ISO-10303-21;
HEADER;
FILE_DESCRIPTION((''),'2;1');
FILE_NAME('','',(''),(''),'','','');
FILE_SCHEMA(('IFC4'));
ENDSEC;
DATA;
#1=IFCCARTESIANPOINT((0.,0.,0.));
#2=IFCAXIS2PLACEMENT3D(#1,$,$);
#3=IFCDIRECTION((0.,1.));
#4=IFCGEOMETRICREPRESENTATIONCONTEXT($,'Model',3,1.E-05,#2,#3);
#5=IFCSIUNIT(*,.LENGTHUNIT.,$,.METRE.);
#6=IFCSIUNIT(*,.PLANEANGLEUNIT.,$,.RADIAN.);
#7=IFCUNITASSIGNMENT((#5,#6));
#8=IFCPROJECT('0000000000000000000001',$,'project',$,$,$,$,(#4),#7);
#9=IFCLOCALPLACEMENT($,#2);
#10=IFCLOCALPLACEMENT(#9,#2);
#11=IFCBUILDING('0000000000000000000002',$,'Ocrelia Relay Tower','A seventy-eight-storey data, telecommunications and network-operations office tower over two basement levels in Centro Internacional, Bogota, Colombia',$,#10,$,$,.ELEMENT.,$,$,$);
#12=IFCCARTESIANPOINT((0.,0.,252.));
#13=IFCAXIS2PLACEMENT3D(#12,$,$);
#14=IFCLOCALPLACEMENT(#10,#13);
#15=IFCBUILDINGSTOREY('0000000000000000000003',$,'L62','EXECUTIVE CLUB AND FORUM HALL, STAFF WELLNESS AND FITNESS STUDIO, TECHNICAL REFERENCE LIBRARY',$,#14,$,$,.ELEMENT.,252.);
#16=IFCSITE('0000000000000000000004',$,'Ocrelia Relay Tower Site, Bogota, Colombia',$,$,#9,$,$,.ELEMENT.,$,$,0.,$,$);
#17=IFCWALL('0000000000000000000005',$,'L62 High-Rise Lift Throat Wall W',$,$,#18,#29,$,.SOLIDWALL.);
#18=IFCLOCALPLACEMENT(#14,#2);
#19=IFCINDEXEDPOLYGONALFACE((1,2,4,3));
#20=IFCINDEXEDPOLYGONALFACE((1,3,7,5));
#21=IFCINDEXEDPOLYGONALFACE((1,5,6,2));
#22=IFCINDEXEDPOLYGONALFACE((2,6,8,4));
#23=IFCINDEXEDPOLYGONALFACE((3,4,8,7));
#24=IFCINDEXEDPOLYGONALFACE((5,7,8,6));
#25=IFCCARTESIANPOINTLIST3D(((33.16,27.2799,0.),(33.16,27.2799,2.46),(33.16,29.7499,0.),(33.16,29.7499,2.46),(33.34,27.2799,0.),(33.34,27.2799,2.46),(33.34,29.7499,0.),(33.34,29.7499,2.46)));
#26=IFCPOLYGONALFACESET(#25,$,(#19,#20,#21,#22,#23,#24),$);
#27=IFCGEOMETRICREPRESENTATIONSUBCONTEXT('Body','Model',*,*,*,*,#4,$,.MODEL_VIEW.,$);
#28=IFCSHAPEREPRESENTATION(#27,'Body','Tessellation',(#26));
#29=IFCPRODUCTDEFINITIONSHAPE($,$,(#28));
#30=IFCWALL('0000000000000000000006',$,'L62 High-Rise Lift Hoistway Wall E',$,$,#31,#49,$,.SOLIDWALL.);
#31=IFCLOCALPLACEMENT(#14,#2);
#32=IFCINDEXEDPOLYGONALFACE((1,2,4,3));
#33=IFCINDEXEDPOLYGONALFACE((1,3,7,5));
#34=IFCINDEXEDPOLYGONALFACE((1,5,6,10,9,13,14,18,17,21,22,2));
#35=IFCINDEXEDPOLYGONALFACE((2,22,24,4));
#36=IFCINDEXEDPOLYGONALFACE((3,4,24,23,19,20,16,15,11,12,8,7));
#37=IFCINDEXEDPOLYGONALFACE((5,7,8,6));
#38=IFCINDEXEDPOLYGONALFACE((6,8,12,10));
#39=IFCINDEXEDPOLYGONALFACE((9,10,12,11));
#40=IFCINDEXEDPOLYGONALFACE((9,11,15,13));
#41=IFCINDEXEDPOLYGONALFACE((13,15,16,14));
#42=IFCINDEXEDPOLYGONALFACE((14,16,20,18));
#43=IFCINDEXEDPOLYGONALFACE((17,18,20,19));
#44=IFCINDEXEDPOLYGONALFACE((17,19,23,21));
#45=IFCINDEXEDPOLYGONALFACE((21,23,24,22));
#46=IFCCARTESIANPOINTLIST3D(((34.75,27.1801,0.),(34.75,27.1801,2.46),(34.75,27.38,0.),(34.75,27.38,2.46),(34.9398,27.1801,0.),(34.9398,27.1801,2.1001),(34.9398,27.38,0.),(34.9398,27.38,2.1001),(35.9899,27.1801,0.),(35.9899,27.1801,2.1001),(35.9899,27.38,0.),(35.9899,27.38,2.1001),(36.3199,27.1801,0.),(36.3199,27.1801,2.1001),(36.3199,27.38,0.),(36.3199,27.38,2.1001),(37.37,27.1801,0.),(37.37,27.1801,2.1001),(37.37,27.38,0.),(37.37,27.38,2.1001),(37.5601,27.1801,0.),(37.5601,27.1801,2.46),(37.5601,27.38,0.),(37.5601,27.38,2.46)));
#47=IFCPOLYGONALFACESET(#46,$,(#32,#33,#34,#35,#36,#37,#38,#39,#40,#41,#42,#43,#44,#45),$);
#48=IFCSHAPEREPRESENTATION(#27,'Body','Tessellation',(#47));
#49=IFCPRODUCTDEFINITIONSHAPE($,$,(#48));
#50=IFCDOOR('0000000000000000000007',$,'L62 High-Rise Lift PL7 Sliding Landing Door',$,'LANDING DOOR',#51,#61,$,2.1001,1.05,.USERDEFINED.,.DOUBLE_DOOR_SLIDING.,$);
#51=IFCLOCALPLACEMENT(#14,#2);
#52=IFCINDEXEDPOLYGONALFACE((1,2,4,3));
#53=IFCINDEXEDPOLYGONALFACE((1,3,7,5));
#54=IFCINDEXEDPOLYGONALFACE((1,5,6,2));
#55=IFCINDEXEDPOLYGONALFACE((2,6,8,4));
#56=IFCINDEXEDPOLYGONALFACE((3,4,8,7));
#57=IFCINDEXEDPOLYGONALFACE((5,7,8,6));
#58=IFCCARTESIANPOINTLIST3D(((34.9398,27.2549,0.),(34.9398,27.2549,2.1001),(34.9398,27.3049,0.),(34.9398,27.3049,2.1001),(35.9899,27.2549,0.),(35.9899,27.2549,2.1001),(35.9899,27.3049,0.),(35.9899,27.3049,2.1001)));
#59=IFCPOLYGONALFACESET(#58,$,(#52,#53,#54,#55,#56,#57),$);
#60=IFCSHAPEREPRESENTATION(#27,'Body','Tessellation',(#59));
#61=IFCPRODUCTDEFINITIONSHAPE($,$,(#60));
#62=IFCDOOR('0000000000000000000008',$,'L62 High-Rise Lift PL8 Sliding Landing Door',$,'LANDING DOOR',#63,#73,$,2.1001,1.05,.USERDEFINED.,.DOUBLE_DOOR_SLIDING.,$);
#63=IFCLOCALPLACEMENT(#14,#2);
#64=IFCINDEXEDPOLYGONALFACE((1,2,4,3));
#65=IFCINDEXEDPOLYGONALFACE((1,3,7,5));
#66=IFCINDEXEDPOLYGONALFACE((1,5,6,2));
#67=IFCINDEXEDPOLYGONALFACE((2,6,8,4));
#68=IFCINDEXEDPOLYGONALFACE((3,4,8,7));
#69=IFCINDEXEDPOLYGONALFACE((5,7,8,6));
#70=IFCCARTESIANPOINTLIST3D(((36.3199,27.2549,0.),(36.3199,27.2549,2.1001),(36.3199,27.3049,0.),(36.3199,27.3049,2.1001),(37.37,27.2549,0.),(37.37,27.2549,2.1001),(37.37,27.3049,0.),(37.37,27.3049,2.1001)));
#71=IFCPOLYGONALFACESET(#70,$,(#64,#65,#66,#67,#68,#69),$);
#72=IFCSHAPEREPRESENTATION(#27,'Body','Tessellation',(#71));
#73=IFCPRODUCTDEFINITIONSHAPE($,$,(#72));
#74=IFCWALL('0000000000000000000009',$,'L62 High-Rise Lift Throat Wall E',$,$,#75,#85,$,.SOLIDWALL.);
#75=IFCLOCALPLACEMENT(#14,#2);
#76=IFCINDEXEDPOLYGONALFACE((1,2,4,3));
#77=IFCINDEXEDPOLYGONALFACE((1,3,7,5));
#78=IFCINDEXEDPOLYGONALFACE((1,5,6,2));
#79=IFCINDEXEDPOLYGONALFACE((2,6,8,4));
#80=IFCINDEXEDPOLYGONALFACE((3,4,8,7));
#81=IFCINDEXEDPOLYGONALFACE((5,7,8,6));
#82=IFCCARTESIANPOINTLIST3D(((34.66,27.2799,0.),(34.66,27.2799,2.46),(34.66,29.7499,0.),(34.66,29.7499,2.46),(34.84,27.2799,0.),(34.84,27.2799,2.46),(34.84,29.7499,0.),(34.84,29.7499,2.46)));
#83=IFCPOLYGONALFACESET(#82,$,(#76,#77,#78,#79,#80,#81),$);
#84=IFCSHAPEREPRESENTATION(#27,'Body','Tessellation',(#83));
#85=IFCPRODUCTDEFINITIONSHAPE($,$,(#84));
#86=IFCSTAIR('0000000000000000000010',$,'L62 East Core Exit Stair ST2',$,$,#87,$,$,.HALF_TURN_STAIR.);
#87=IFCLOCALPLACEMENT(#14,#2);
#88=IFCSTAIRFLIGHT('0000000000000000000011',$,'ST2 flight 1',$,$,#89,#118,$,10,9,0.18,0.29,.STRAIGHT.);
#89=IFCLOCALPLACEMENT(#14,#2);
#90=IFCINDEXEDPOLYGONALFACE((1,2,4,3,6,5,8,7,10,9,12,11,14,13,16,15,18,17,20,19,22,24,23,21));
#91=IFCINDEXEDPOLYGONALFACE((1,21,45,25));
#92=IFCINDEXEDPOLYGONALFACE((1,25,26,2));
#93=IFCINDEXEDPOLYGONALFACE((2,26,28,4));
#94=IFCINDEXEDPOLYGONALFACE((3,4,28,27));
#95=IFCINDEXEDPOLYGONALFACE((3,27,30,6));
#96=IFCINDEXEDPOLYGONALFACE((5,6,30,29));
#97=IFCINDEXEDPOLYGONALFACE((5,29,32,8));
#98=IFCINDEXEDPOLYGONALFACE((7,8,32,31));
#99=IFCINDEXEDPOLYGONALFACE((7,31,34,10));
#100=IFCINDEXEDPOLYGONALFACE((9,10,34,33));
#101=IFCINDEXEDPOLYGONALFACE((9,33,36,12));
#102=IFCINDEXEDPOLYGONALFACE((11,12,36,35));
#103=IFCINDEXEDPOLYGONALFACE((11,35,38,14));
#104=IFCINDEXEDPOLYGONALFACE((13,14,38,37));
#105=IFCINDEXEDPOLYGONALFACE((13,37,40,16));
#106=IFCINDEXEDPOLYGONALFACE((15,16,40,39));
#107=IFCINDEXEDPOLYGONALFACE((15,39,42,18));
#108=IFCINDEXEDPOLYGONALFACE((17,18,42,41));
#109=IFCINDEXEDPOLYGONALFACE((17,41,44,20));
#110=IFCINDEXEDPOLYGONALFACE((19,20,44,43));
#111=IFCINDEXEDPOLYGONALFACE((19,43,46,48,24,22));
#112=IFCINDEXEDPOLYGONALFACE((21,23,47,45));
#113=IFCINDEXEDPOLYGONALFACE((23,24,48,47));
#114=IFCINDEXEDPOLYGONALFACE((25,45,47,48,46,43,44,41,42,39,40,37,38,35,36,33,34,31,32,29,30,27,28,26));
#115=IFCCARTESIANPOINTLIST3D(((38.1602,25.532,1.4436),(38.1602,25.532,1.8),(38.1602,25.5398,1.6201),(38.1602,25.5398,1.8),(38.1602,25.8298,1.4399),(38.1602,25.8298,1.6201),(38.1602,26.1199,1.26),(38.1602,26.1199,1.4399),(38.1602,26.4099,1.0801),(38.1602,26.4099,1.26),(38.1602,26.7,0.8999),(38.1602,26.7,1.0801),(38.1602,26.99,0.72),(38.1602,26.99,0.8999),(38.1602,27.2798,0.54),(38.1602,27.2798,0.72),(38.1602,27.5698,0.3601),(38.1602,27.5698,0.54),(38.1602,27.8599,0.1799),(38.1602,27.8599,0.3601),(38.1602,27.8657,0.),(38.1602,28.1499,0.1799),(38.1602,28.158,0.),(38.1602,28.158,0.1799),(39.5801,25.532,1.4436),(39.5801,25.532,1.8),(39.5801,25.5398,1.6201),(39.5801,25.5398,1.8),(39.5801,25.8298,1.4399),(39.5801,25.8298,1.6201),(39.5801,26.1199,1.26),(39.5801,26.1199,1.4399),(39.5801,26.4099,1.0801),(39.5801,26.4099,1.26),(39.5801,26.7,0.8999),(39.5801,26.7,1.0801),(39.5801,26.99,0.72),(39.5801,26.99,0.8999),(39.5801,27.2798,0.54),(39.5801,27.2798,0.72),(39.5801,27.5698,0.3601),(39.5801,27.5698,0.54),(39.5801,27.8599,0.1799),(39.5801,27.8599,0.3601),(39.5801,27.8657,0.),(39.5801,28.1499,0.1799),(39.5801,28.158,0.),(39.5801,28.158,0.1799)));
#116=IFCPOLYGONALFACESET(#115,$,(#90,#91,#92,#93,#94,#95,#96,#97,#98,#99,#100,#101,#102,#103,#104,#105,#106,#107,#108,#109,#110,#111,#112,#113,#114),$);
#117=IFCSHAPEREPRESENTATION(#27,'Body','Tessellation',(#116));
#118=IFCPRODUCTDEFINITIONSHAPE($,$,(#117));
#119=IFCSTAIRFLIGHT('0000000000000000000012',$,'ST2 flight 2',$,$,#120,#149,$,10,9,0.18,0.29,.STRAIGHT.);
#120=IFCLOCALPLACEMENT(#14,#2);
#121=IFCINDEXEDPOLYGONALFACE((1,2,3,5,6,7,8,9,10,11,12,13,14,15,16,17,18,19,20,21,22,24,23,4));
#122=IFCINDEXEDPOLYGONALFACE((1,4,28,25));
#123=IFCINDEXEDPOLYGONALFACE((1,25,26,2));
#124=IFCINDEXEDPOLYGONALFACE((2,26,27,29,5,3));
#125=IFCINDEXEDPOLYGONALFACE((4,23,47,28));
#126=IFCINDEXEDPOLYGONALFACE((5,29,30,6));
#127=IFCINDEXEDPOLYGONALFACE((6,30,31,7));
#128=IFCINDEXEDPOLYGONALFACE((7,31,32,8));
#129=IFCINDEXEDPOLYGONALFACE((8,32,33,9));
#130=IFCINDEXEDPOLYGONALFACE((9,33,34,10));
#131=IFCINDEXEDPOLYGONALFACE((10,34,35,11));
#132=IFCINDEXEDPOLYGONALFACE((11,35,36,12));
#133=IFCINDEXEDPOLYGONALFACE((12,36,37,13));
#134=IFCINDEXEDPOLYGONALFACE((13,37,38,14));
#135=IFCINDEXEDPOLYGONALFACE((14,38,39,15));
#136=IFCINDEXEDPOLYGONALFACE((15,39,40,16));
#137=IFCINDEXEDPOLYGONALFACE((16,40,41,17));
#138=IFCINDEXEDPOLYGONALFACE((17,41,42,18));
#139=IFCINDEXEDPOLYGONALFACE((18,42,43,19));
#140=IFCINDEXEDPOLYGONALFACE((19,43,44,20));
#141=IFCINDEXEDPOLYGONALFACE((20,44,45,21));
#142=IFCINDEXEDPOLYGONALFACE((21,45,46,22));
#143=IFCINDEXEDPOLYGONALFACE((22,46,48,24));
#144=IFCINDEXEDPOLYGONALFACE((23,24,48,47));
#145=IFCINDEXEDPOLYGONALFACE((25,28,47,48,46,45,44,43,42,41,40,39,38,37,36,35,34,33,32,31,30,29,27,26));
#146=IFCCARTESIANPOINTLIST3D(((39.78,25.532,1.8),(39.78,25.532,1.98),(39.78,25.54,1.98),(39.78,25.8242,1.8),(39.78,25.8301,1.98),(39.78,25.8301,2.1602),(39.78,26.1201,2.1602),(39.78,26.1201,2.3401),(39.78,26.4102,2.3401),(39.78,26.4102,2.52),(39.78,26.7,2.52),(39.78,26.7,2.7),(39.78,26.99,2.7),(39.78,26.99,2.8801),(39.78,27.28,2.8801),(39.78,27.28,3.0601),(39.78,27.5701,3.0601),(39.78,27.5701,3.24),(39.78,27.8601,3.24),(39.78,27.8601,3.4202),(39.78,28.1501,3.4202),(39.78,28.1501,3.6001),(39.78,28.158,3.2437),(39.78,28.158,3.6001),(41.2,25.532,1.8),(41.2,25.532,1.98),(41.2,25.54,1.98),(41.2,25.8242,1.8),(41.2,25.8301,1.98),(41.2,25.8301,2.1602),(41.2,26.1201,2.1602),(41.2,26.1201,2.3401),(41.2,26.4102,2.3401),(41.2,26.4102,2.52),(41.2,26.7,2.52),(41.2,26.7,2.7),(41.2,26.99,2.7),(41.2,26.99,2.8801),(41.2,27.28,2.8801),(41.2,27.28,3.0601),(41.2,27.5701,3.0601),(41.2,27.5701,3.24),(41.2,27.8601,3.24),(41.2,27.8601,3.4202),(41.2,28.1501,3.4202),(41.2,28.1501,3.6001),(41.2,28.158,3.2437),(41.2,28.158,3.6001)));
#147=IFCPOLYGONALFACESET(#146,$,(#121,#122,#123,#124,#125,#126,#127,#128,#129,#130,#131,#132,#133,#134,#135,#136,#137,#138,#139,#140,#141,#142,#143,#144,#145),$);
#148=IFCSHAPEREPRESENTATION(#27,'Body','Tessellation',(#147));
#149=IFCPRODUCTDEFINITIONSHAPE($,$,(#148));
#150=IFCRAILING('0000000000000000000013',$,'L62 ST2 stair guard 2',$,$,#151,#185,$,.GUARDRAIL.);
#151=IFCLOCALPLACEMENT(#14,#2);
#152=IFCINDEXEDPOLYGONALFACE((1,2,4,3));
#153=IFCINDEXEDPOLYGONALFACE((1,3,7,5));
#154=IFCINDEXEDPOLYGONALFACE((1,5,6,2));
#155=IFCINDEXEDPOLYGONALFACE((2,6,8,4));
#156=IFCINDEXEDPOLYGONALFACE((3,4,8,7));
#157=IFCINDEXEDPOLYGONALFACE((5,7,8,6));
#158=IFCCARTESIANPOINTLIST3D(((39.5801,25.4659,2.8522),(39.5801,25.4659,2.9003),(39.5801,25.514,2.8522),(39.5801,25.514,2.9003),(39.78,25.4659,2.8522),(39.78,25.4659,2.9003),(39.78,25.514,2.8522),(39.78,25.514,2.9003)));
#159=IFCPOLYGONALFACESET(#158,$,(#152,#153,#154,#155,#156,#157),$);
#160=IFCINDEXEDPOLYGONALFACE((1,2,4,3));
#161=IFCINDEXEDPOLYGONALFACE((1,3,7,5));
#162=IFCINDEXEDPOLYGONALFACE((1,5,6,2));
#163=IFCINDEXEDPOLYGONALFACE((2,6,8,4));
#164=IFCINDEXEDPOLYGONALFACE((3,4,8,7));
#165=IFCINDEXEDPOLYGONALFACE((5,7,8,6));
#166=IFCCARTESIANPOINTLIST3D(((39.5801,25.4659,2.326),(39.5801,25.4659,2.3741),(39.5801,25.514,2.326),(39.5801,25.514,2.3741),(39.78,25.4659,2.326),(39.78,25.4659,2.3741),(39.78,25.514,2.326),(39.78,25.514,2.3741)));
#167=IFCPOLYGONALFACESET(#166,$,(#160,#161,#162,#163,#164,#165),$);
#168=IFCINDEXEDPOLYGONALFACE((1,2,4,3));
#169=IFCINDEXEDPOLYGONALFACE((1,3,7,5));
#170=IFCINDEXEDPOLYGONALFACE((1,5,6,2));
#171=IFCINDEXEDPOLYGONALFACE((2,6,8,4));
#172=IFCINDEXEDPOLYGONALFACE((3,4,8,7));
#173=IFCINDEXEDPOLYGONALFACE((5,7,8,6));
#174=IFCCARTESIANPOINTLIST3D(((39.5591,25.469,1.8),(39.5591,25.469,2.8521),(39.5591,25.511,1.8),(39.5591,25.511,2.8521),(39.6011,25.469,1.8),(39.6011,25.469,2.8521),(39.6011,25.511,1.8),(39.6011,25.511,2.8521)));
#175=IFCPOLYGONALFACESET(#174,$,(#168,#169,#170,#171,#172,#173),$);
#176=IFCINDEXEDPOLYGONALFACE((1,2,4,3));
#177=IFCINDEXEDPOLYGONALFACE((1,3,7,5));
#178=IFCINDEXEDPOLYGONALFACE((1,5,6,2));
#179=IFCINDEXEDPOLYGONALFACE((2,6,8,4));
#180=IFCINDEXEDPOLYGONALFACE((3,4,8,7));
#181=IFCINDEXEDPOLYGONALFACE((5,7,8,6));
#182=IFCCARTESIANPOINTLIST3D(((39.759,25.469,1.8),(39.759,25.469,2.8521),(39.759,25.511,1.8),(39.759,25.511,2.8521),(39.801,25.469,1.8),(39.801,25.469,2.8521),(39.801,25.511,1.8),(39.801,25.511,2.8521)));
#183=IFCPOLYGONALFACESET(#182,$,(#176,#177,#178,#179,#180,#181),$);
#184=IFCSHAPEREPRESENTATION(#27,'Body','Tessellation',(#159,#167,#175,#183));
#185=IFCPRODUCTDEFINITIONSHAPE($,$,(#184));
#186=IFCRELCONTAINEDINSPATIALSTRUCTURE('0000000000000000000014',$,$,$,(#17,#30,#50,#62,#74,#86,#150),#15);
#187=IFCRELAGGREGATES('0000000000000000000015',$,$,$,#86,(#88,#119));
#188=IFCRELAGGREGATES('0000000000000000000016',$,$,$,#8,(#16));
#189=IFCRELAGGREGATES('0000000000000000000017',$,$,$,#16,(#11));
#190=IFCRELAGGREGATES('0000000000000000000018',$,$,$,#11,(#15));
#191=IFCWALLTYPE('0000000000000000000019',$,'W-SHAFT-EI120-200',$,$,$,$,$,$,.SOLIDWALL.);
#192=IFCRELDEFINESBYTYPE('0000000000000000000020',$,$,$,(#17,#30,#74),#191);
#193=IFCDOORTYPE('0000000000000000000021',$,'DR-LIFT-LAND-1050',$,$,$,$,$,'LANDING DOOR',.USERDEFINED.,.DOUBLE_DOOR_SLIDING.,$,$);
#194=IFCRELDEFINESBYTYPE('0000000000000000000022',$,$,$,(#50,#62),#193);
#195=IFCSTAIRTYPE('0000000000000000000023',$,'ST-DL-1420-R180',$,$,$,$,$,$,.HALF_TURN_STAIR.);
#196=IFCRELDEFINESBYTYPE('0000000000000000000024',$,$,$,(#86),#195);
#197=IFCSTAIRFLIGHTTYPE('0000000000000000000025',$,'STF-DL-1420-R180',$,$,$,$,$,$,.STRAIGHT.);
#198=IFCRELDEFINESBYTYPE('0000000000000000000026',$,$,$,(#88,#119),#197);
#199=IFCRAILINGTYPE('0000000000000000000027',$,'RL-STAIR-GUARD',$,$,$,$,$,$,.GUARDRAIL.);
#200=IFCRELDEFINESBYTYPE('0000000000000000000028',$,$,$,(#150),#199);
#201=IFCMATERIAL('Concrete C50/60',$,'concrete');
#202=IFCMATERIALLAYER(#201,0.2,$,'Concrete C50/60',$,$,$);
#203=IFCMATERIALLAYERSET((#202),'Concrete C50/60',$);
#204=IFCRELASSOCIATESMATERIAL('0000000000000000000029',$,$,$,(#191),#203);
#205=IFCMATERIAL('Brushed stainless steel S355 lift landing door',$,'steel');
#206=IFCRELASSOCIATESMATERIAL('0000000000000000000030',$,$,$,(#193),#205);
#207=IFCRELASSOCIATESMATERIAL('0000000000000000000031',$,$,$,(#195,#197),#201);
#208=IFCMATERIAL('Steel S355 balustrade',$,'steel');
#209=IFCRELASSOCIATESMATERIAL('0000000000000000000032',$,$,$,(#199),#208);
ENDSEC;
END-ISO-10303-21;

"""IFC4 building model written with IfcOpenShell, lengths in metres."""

from ifc_helpers import new_model, si_unit, direction, frame, frame_2d, origin, origin_2d, place, context, subcontext, project, spatial, polyline, rectangle, outline, extrude, material, layer, layer_set, type_object, element, fill, aggregate, save


model = new_model("IFC4")

# Units and contexts
model_context = context("Model", 3, precision=1e-05, world=origin(), true_north=direction((0.0, 1.0)))
body_context = subcontext(model_context, "Body", "Model", "MODEL_VIEW")
ifc_project = project(units=[si_unit("LENGTHUNIT", "METRE"), si_unit("PLANEANGLEUNIT", "RADIAN")], contexts=[model_context])

# Site, building, storey
site_placement = place(None, origin())
site = spatial("IfcSite", under=ifc_project, at=site_placement, Name="Ocrelia Relay Tower Site, Bogota, Colombia", CompositionType="ELEMENT", RefElevation=0.0)
building_placement = place(site_placement, origin())
building = spatial("IfcBuilding", under=site, at=building_placement, Name="Ocrelia Relay Tower", Description="A seventy-eight-storey data, telecommunications and network-operations office tower over two basement levels in Centro Internacional, Bogota, Colombia", CompositionType="ELEMENT")
storey_placement = place(building_placement, frame((0.0, 0.0, 252.0)))
storey = spatial("IfcBuildingStorey", under=building, at=storey_placement, Name="L62", Description="EXECUTIVE CLUB AND FORUM HALL, STAFF WELLNESS AND FITNESS STUDIO, TECHNICAL REFERENCE LIBRARY", CompositionType="ELEMENT", Elevation=252.0)

# Shared definitions
ifc_material_1 = material(Name="Concrete C50/60", Category="concrete")

# Wall
ifc_layer_1 = layer(ifc_material_1, 0.2, Name="Concrete C50/60")
ifc_layer_set_1 = layer_set([ifc_layer_1], Name="Concrete C50/60")
wall_type_1 = type_object("IfcWallType", Name="W-SHAFT-EI120-200", PredefinedType="SOLIDWALL", material=ifc_layer_set_1)
wall_1_placement = place(storey_placement, frame((33.25, 27.28, 0.0), z_axis=(0.0, 0.0, 1.0), x_axis=(0.0, 1.0, 0.0)))
element("IfcWall", 1, at=wall_1_placement, inside=storey, type_object=wall_type_1, Name="L62 High-Rise Lift Throat Wall W", PredefinedType="SOLIDWALL", context=body_context, shape_type="SweptSolid", body=[
    extrude(rectangle(XDim=2.47, YDim=0.1799, at=frame_2d((1.2349, 0.0))), origin(), (0.0, 0.0, 1.0), 2.46),
])

# Wall, openings, doors
wall_2_placement = place(storey_placement, frame((34.75, 27.28, 0.0), z_axis=(0.0, 0.0, 1.0), x_axis=(1.0, 0.0, 0.0)))
wall_2 = element("IfcWall", 2, at=wall_2_placement, inside=storey, type_object=wall_type_1, Name="L62 High-Rise Lift Hoistway Wall E", PredefinedType="SOLIDWALL", context=body_context, shape_type="SweptSolid", body=[
    extrude(rectangle(XDim=2.8101, YDim=0.2, at=frame_2d((1.405, 0.0))), origin(), (0.0, 0.0, 1.0), 2.46),
])
opening_1_placement = place(wall_2_placement, frame((0.1899, 0.0, 0.0)))
opening_1 = element("IfcOpeningElement", 3, at=opening_1_placement, cuts=wall_2, PredefinedType="OPENING", context=body_context, shape_type="SweptSolid", body=[
    extrude(rectangle(XDim=1.05, YDim=2.1001, at=frame_2d((0.5249, 1.05))), frame((0.0, 0.1099, 0.0), z_axis=(0.0, -1.0, 0.0), x_axis=(1.0, 0.0, 0.0)), (0.0, 0.0, 1.0), 0.22),
])
opening_2_placement = place(wall_2_placement, frame((1.5701, 0.0, 0.0)))
opening_2 = element("IfcOpeningElement", 4, at=opening_2_placement, cuts=wall_2, PredefinedType="OPENING", context=body_context, shape_type="SweptSolid", body=[
    extrude(rectangle(XDim=1.05, YDim=2.1001, at=frame_2d((0.5249, 1.05))), frame((0.0, 0.1099, 0.0), z_axis=(0.0, -1.0, 0.0), x_axis=(1.0, 0.0, 0.0)), (0.0, 0.0, 1.0), 0.22),
])
ifc_material_2 = material(Name="Brushed stainless steel S355 lift landing door", Category="steel")
door_type_1 = type_object("IfcDoorType", Name="DR-LIFT-LAND-1050", ElementType="LANDING DOOR", OperationType="DOUBLE_DOOR_SLIDING", PredefinedType="USERDEFINED", material=ifc_material_2)
door_1_placement = place(opening_1_placement, origin())
door_1 = element("IfcDoor", 5, at=door_1_placement, inside=storey, type_object=door_type_1, Name="L62 High-Rise Lift PL7 Sliding Landing Door", ObjectType="LANDING DOOR", OperationType="DOUBLE_DOOR_SLIDING", OverallHeight=2.1001, OverallWidth=1.05, PredefinedType="USERDEFINED", context=body_context, shape_type="SweptSolid", body=[
    extrude(rectangle(XDim=1.05, YDim=2.1001, at=frame_2d((0.5249, 1.05))), frame((0.0, 0.0249, 0.0), z_axis=(0.0, -1.0, 0.0), x_axis=(1.0, 0.0, 0.0)), (0.0, 0.0, 1.0), 0.05),
])
fill(opening_1, door_1)
door_2_placement = place(opening_2_placement, origin())
door_2 = element("IfcDoor", 6, at=door_2_placement, inside=storey, type_object=door_type_1, Name="L62 High-Rise Lift PL8 Sliding Landing Door", ObjectType="LANDING DOOR", OperationType="DOUBLE_DOOR_SLIDING", OverallHeight=2.1001, OverallWidth=1.05, PredefinedType="USERDEFINED", context=body_context, shape_type="SweptSolid", body=[
    extrude(rectangle(XDim=1.05, YDim=2.1001, at=frame_2d((0.5249, 1.05))), frame((0.0, 0.0249, 0.0), z_axis=(0.0, -1.0, 0.0), x_axis=(1.0, 0.0, 0.0)), (0.0, 0.0, 1.0), 0.05),
])
fill(opening_2, door_2)

# Wall
wall_3_placement = place(storey_placement, frame((34.75, 27.28, 0.0), z_axis=(0.0, 0.0, 1.0), x_axis=(0.0, 1.0, 0.0)))
element("IfcWall", 7, at=wall_3_placement, inside=storey, type_object=wall_type_1, Name="L62 High-Rise Lift Throat Wall E", PredefinedType="SOLIDWALL", context=body_context, shape_type="SweptSolid", body=[
    extrude(rectangle(XDim=2.47, YDim=0.1799, at=frame_2d((1.2349, 0.0))), origin(), (0.0, 0.0, 1.0), 2.46),
])

# Stair, stair flights
stair_type = type_object("IfcStairType", Name="ST-DL-1420-R180", PredefinedType="HALF_TURN_STAIR", material=ifc_material_1)
stair_placement = place(storey_placement, origin())
stair = element("IfcStair", 8, at=stair_placement, inside=storey, type_object=stair_type, Name="L62 East Core Exit Stair ST2", PredefinedType="HALF_TURN_STAIR")
stair_flight_type = type_object("IfcStairFlightType", Name="STF-DL-1420-R180", PredefinedType="STRAIGHT", material=ifc_material_1)
stair_flight_1_placement = place(storey_placement, frame((38.8701, 28.1499, 0.0), z_axis=(0.0, 0.0, 1.0), x_axis=(0.0, -1.0, 0.0)))
stair_flight_1 = element("IfcStairFlight", 9, at=stair_flight_1_placement, type_object=stair_flight_type, Name="ST2 flight 1", NumberOfRisers=10, NumberOfTreads=9, PredefinedType="STRAIGHT", RiserHeight=0.18, TreadLength=0.29, context=body_context, shape_type="SweptSolid", body=[
    extrude(outline(polyline([(-0.0081, 0.0), (-0.0081, 0.1799), (0.0, 0.1799), (0.29, 0.1799), (0.29, 0.3601), (0.5801, 0.3601), (0.5801, 0.54), (0.8701, 0.54), (0.8701, 0.72), (1.1599, 0.72), (1.1599, 0.8999), (1.45, 0.8999), (1.45, 1.0801), (1.74, 1.0801), (1.74, 1.26), (2.03, 1.26), (2.03, 1.4399), (2.3201, 1.4399), (2.3201, 1.6201), (2.6101, 1.6201), (2.6101, 1.8), (2.6179, 1.8), (2.6179, 1.4436), (0.2842, 0.0), (-0.0081, 0.0)])), frame((0.0, 0.71, 0.0), z_axis=(0.0, -1.0, 0.0), x_axis=(1.0, 0.0, 0.0)), (0.0, 0.0, 1.0), 1.4199),
])
stair_flight_2_placement = place(storey_placement, frame((40.49, 25.54, 1.8), z_axis=(0.0, 0.0, 1.0), x_axis=(0.0, 1.0, 0.0)))
stair_flight_2 = element("IfcStairFlight", 10, at=stair_flight_2_placement, type_object=stair_flight_type, Name="ST2 flight 2", NumberOfRisers=10, NumberOfTreads=9, PredefinedType="STRAIGHT", RiserHeight=0.18, TreadLength=0.29, context=body_context, shape_type="SweptSolid", body=[
    extrude(outline(polyline([(-0.0081, 0.0), (-0.0081, 0.1799), (0.0, 0.1799), (0.29, 0.1799), (0.29, 0.3601), (0.5801, 0.3601), (0.5801, 0.54), (0.8701, 0.54), (0.8701, 0.72), (1.1599, 0.72), (1.1599, 0.8999), (1.45, 0.8999), (1.45, 1.0801), (1.74, 1.0801), (1.74, 1.26), (2.03, 1.26), (2.03, 1.4399), (2.3201, 1.4399), (2.3201, 1.6201), (2.6101, 1.6201), (2.6101, 1.8), (2.6179, 1.8), (2.6179, 1.4436), (0.2842, 0.0), (-0.0081, 0.0)])), frame((0.0, 0.71, 0.0), z_axis=(0.0, -1.0, 0.0), x_axis=(1.0, 0.0, 0.0)), (0.0, 0.0, 1.0), 1.4199),
])
aggregate(stair, [stair_flight_1, stair_flight_2])

# Railing
ifc_material_3 = material(Name="Steel S355 balustrade", Category="steel")
railing_type_1 = type_object("IfcRailingType", Name="RL-STAIR-GUARD", PredefinedType="GUARDRAIL", material=ifc_material_3)
railing_1_placement = place(storey_placement, frame((39.5801, 25.49, 1.8)))
element("IfcRailing", 11, at=railing_1_placement, inside=storey, type_object=railing_type_1, Name="L62 ST2 stair guard 2", PredefinedType="GUARDRAIL", context=body_context, shape_type="SweptSolid", body=[
    extrude(rectangle(XDim=0.0481, YDim=0.0481, at=origin_2d()), frame((0.0, 0.0, 1.0762), z_axis=(1.0, 0.0, 0.0), x_axis=(0.0, 1.0, 0.0)), (0.0, 0.0, 1.0), 0.2),
    extrude(rectangle(XDim=0.0481, YDim=0.0481, at=origin_2d()), frame((0.0, 0.0, 0.55), z_axis=(1.0, 0.0, 0.0), x_axis=(0.0, 1.0, 0.0)), (0.0, 0.0, 1.0), 0.2),
    extrude(rectangle(XDim=0.042, YDim=0.042, at=origin_2d()), origin(), (0.0, 0.0, 1.0), 1.052),
    extrude(rectangle(XDim=0.042, YDim=0.042, at=origin_2d()), frame((0.2, 0.0, 0.0)), (0.0, 0.0, 1.0), 1.052),
])

save(model, "model.ifc")
